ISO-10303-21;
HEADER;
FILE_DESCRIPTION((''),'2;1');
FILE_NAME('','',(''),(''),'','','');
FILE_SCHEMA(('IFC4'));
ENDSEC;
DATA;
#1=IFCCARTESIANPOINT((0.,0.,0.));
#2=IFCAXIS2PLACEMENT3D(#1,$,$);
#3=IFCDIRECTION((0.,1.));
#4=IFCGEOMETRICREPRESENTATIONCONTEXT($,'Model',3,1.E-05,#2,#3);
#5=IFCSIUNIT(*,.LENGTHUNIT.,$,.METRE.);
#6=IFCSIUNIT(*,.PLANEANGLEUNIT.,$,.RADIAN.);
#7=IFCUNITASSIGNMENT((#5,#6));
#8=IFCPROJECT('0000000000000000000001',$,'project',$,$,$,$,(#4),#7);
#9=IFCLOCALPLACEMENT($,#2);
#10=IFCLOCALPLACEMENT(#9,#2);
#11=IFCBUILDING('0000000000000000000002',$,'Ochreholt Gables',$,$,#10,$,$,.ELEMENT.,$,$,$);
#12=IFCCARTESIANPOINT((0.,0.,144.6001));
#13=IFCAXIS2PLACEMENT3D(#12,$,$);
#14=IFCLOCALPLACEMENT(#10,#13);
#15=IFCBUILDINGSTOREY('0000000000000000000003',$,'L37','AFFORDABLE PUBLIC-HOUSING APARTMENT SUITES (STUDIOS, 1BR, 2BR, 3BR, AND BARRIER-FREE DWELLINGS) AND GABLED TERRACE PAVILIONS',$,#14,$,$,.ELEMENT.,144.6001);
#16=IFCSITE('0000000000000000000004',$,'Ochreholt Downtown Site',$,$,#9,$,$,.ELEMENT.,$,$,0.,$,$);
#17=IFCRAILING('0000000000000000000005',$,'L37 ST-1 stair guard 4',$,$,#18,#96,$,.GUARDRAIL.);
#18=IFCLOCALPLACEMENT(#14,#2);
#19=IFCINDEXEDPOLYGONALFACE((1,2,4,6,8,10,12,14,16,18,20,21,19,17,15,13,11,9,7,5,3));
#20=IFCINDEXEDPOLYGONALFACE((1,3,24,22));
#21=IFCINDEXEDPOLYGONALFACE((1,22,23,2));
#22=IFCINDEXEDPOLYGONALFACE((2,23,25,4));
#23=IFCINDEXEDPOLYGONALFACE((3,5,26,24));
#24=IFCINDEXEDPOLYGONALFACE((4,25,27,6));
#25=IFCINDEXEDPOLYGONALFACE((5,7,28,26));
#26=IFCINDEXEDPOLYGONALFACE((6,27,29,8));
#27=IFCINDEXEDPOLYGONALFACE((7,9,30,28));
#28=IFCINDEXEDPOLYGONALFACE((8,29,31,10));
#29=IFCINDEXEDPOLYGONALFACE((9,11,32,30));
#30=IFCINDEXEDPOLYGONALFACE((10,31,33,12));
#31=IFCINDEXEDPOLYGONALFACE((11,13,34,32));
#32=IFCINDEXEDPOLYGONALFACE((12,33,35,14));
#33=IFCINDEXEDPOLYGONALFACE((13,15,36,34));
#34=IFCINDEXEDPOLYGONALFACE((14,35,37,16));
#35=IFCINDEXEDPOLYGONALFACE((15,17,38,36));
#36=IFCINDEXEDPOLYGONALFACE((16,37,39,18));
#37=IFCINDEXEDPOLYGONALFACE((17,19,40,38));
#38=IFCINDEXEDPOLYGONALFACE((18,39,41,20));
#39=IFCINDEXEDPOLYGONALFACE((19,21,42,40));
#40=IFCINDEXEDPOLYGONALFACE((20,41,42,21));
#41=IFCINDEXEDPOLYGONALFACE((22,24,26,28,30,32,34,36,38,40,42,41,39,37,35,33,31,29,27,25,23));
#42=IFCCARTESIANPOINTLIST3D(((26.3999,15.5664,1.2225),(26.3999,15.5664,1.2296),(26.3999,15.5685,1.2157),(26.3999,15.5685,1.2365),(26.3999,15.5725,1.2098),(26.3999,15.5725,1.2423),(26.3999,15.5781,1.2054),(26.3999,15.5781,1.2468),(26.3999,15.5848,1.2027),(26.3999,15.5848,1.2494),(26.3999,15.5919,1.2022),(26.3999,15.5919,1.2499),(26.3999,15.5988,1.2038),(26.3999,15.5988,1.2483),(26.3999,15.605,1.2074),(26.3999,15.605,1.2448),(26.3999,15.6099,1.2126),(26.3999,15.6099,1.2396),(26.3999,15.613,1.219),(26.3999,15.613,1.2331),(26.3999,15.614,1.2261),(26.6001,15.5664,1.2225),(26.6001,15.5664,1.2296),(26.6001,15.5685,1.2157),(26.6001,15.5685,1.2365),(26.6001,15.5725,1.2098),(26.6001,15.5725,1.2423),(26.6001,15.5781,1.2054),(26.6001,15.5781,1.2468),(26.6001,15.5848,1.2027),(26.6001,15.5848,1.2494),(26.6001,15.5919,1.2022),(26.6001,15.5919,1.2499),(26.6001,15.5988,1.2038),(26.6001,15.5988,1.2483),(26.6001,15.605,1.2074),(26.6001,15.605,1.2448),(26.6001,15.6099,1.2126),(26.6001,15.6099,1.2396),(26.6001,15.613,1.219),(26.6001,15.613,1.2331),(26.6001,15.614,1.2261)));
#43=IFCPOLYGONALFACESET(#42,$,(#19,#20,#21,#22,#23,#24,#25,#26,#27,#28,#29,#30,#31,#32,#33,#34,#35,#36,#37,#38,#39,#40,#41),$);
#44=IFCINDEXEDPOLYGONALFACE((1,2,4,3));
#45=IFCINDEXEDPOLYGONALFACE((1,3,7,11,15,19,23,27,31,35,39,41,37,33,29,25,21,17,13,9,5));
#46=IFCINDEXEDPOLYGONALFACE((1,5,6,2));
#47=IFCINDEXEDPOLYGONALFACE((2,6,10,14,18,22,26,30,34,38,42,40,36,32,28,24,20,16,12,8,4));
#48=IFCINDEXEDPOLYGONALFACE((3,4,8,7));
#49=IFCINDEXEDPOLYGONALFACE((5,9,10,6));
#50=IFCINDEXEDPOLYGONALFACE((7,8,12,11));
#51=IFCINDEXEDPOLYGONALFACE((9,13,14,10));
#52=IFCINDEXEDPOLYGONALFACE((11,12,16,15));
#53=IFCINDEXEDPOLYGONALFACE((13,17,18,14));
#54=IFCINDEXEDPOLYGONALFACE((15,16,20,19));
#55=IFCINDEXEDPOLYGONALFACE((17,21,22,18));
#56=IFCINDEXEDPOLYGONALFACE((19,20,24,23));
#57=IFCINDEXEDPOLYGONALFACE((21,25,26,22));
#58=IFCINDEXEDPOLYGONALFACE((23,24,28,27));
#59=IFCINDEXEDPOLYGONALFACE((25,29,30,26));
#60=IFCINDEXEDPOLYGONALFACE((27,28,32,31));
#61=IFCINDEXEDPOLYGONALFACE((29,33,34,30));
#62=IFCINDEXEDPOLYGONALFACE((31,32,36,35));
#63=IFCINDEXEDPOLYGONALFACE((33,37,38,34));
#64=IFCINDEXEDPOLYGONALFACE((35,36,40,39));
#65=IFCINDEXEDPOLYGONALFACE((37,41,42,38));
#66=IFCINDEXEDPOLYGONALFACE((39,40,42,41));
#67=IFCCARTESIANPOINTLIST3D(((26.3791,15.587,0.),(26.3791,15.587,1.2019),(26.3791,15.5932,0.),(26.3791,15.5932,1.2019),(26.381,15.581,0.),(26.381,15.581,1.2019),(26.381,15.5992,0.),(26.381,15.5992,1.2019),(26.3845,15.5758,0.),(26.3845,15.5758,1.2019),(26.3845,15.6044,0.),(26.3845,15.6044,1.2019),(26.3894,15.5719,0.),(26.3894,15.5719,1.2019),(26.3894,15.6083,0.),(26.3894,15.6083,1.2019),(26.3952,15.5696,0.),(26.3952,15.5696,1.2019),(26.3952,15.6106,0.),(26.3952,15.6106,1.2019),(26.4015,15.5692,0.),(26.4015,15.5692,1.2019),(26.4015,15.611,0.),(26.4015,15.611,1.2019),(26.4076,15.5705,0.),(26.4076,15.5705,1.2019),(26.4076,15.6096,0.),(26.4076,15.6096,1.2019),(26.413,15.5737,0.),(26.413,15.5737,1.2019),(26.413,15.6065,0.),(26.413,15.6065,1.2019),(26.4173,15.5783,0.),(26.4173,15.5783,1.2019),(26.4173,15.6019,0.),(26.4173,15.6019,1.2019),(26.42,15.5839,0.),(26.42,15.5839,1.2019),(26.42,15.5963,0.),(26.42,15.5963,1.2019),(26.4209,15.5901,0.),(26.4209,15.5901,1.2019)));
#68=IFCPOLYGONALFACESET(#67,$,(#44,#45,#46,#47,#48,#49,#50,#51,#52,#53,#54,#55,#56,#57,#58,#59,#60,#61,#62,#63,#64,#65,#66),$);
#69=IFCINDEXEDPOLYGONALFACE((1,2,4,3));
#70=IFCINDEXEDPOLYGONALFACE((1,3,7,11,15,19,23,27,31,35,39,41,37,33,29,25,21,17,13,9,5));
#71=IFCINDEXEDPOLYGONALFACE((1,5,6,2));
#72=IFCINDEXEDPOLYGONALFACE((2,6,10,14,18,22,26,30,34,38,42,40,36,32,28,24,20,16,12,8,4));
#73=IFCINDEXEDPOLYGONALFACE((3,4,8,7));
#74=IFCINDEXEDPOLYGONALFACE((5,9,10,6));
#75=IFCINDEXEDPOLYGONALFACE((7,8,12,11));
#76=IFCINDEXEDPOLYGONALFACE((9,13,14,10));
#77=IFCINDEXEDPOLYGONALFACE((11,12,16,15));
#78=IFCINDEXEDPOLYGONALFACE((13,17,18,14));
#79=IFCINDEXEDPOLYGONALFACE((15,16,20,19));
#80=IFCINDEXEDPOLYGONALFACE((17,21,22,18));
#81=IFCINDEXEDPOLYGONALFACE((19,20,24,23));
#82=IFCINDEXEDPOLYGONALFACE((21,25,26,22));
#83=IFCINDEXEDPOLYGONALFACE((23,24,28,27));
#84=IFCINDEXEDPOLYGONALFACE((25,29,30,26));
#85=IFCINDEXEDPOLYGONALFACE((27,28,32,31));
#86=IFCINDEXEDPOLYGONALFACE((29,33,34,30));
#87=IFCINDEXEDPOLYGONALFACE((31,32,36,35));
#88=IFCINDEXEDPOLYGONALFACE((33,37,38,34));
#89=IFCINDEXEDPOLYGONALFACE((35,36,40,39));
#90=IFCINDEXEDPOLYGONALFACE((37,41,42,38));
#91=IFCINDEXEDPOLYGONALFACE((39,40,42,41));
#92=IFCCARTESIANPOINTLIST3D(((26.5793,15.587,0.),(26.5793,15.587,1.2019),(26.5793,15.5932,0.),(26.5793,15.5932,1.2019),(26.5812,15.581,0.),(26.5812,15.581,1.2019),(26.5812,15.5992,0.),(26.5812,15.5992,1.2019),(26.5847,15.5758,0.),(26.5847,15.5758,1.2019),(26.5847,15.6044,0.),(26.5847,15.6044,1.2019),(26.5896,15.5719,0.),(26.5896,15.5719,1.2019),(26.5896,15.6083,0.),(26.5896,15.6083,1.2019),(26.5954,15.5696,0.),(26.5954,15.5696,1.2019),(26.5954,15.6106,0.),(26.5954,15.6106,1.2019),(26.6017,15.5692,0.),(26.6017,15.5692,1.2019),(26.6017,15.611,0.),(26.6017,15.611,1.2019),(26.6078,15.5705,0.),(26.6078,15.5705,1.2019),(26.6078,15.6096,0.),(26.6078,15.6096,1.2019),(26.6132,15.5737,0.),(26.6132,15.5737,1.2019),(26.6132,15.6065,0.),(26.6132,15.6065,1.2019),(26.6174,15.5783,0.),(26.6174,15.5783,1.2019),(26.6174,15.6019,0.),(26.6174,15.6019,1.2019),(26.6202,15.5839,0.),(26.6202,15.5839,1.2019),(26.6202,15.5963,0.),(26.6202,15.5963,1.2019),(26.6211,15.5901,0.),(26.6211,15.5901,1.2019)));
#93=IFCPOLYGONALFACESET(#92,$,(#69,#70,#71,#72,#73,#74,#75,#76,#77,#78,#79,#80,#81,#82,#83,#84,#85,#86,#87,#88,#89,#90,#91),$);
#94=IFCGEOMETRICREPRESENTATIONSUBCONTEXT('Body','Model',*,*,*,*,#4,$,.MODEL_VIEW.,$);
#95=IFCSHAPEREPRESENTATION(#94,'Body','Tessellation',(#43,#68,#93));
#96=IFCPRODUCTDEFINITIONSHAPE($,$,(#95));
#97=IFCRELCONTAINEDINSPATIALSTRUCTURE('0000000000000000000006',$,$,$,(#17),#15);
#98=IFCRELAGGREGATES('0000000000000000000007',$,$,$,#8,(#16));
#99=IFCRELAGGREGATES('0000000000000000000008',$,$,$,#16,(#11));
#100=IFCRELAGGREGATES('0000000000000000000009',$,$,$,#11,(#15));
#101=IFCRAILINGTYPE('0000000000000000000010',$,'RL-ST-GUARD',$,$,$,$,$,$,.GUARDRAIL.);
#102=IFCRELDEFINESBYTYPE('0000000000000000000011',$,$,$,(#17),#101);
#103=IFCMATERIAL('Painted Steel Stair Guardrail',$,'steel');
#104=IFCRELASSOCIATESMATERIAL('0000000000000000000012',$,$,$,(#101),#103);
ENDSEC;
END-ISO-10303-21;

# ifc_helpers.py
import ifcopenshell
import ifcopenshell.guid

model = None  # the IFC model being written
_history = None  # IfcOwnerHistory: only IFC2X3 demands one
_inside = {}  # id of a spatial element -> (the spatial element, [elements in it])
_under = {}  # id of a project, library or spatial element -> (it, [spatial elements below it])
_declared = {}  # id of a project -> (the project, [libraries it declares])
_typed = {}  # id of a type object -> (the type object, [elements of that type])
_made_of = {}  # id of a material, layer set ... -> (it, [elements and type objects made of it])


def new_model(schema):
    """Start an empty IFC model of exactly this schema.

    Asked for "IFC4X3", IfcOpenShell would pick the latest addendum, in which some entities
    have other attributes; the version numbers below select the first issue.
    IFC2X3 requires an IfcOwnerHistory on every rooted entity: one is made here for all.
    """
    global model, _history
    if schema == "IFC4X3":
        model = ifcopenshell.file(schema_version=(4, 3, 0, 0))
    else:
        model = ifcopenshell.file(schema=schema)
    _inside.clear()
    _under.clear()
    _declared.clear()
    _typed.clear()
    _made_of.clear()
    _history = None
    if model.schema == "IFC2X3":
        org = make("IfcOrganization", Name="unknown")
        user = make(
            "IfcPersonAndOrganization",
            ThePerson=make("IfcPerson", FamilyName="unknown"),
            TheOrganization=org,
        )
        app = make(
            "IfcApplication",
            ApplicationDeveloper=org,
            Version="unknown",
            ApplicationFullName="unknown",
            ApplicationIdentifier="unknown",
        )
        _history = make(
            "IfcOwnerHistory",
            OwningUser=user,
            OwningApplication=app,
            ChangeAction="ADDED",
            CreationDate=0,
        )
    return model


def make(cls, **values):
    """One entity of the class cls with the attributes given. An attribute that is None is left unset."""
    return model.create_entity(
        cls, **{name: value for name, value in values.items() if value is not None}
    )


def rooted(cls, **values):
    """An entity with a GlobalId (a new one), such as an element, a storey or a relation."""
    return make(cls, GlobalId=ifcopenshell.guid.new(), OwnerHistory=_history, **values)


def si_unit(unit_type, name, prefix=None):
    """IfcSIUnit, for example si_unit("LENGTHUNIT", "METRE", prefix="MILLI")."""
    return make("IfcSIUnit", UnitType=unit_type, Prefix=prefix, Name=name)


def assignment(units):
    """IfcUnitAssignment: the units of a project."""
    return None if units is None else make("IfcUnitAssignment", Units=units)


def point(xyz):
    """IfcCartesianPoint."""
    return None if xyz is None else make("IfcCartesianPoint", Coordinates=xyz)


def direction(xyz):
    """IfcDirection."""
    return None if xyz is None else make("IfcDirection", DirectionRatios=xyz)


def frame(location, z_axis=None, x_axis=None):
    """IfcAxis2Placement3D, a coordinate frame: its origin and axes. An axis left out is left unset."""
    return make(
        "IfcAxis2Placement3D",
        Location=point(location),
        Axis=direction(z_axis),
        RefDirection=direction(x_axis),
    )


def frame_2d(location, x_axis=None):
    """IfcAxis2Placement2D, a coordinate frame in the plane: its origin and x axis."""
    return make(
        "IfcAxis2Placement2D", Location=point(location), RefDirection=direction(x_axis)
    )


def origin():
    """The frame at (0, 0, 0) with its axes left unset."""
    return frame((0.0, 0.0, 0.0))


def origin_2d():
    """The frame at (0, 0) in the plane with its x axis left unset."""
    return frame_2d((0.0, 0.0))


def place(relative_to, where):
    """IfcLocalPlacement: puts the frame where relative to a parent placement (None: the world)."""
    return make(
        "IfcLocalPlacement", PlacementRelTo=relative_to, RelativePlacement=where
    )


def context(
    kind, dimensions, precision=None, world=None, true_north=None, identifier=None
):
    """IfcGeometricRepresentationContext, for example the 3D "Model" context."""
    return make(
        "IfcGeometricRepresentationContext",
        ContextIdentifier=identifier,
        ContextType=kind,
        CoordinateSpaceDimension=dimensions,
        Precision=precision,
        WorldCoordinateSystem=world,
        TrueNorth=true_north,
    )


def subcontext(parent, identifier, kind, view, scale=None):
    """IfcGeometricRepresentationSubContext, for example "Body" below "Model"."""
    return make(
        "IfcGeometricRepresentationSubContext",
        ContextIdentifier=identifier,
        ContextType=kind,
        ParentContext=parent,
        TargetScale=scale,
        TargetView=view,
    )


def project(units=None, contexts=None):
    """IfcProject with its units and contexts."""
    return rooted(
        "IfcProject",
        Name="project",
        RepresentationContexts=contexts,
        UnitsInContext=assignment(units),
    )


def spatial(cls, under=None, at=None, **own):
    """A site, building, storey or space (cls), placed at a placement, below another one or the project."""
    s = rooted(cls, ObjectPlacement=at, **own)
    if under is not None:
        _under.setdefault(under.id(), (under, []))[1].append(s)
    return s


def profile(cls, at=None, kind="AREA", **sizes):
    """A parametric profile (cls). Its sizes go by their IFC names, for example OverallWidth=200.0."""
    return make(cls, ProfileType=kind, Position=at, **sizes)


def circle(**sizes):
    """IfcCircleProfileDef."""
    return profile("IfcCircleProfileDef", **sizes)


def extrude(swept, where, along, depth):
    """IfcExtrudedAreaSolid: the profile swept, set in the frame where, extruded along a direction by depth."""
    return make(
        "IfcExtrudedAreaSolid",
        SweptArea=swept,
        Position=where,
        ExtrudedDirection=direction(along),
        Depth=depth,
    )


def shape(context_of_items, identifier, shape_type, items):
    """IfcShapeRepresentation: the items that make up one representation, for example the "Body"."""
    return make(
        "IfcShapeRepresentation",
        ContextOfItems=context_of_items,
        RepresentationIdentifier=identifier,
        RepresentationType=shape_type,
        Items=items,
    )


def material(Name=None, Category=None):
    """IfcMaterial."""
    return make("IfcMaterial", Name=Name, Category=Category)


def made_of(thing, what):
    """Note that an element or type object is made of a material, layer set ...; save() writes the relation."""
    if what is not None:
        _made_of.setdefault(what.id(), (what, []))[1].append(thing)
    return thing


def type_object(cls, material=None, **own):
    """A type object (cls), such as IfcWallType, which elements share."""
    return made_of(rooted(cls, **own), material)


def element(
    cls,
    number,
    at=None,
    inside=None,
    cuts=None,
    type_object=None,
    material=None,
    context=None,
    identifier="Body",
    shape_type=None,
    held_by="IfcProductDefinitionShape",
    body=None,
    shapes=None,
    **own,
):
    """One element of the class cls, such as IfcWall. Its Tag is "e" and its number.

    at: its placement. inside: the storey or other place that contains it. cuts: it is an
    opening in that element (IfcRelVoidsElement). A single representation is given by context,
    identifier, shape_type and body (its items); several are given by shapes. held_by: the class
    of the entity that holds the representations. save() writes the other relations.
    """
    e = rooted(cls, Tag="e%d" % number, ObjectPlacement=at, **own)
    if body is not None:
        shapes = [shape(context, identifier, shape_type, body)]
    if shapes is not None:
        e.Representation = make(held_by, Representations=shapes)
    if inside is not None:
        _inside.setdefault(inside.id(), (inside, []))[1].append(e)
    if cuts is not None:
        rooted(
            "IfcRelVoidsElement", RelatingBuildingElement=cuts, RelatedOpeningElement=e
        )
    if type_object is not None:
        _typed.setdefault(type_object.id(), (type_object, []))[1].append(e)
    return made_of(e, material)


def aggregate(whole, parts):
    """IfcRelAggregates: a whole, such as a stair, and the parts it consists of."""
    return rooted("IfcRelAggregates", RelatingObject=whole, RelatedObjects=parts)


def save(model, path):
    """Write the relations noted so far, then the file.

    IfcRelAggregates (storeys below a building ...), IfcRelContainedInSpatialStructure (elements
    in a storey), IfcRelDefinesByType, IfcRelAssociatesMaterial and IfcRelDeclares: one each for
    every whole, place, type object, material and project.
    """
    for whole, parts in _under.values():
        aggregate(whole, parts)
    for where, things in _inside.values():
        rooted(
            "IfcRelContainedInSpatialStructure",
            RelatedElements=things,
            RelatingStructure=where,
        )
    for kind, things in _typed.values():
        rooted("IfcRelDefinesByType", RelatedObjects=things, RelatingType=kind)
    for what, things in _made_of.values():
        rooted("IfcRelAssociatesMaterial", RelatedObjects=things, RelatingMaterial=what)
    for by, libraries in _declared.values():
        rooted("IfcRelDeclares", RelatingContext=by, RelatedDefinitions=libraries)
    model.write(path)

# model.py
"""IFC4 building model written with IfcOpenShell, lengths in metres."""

from ifc_helpers import new_model, si_unit, direction, frame, origin, origin_2d, place, context, subcontext, project, spatial, circle, extrude, material, type_object, element, save


model = new_model("IFC4")

# Units and contexts
model_context = context("Model", 3, precision=1e-05, world=origin(), true_north=direction((0.0, 1.0)))
body_context = subcontext(model_context, "Body", "Model", "MODEL_VIEW")
ifc_project = project(units=[si_unit("LENGTHUNIT", "METRE"), si_unit("PLANEANGLEUNIT", "RADIAN")], contexts=[model_context])

# Site, building, storey
site_placement = place(None, origin())
site = spatial("IfcSite", under=ifc_project, at=site_placement, Name="Ochreholt Downtown Site", CompositionType="ELEMENT", RefElevation=0.0)
building_placement = place(site_placement, origin())
building = spatial("IfcBuilding", under=site, at=building_placement, Name="Ochreholt Gables", CompositionType="ELEMENT")
storey_placement = place(building_placement, frame((0.0, 0.0, 144.6001)))
storey = spatial("IfcBuildingStorey", under=building, at=storey_placement, Name="L37", Description="AFFORDABLE PUBLIC-HOUSING APARTMENT SUITES (STUDIOS, 1BR, 2BR, 3BR, AND BARRIER-FREE DWELLINGS) AND GABLED TERRACE PAVILIONS", CompositionType="ELEMENT", Elevation=144.6001)

# Railing
ifc_material_1 = material(Name="Painted Steel Stair Guardrail", Category="steel")
railing_type_1 = type_object("IfcRailingType", Name="RL-ST-GUARD", PredefinedType="GUARDRAIL", material=ifc_material_1)
railing_1_placement = place(storey_placement, frame((26.3999, 15.5901, 0.0)))
element("IfcRailing", 1, at=railing_1_placement, inside=storey, type_object=railing_type_1, Name="L37 ST-1 stair guard 4", PredefinedType="GUARDRAIL", context=body_context, shape_type="SweptSolid", body=[
    extrude(circle(Radius=0.0239, at=origin_2d()), frame((0.0, 0.0, 1.2261), z_axis=(1.0, 0.0, 0.0), x_axis=(0.0, 1.0, 0.0)), (0.0, 0.0, 1.0), 0.2002),
    extrude(circle(Radius=0.021, at=origin_2d()), origin(), (0.0, 0.0, 1.0), 1.2019),
    extrude(circle(Radius=0.021, at=origin_2d()), frame((0.2002, 0.0, 0.0)), (0.0, 0.0, 1.0), 1.2019),
])

save(model, "model.ifc")
